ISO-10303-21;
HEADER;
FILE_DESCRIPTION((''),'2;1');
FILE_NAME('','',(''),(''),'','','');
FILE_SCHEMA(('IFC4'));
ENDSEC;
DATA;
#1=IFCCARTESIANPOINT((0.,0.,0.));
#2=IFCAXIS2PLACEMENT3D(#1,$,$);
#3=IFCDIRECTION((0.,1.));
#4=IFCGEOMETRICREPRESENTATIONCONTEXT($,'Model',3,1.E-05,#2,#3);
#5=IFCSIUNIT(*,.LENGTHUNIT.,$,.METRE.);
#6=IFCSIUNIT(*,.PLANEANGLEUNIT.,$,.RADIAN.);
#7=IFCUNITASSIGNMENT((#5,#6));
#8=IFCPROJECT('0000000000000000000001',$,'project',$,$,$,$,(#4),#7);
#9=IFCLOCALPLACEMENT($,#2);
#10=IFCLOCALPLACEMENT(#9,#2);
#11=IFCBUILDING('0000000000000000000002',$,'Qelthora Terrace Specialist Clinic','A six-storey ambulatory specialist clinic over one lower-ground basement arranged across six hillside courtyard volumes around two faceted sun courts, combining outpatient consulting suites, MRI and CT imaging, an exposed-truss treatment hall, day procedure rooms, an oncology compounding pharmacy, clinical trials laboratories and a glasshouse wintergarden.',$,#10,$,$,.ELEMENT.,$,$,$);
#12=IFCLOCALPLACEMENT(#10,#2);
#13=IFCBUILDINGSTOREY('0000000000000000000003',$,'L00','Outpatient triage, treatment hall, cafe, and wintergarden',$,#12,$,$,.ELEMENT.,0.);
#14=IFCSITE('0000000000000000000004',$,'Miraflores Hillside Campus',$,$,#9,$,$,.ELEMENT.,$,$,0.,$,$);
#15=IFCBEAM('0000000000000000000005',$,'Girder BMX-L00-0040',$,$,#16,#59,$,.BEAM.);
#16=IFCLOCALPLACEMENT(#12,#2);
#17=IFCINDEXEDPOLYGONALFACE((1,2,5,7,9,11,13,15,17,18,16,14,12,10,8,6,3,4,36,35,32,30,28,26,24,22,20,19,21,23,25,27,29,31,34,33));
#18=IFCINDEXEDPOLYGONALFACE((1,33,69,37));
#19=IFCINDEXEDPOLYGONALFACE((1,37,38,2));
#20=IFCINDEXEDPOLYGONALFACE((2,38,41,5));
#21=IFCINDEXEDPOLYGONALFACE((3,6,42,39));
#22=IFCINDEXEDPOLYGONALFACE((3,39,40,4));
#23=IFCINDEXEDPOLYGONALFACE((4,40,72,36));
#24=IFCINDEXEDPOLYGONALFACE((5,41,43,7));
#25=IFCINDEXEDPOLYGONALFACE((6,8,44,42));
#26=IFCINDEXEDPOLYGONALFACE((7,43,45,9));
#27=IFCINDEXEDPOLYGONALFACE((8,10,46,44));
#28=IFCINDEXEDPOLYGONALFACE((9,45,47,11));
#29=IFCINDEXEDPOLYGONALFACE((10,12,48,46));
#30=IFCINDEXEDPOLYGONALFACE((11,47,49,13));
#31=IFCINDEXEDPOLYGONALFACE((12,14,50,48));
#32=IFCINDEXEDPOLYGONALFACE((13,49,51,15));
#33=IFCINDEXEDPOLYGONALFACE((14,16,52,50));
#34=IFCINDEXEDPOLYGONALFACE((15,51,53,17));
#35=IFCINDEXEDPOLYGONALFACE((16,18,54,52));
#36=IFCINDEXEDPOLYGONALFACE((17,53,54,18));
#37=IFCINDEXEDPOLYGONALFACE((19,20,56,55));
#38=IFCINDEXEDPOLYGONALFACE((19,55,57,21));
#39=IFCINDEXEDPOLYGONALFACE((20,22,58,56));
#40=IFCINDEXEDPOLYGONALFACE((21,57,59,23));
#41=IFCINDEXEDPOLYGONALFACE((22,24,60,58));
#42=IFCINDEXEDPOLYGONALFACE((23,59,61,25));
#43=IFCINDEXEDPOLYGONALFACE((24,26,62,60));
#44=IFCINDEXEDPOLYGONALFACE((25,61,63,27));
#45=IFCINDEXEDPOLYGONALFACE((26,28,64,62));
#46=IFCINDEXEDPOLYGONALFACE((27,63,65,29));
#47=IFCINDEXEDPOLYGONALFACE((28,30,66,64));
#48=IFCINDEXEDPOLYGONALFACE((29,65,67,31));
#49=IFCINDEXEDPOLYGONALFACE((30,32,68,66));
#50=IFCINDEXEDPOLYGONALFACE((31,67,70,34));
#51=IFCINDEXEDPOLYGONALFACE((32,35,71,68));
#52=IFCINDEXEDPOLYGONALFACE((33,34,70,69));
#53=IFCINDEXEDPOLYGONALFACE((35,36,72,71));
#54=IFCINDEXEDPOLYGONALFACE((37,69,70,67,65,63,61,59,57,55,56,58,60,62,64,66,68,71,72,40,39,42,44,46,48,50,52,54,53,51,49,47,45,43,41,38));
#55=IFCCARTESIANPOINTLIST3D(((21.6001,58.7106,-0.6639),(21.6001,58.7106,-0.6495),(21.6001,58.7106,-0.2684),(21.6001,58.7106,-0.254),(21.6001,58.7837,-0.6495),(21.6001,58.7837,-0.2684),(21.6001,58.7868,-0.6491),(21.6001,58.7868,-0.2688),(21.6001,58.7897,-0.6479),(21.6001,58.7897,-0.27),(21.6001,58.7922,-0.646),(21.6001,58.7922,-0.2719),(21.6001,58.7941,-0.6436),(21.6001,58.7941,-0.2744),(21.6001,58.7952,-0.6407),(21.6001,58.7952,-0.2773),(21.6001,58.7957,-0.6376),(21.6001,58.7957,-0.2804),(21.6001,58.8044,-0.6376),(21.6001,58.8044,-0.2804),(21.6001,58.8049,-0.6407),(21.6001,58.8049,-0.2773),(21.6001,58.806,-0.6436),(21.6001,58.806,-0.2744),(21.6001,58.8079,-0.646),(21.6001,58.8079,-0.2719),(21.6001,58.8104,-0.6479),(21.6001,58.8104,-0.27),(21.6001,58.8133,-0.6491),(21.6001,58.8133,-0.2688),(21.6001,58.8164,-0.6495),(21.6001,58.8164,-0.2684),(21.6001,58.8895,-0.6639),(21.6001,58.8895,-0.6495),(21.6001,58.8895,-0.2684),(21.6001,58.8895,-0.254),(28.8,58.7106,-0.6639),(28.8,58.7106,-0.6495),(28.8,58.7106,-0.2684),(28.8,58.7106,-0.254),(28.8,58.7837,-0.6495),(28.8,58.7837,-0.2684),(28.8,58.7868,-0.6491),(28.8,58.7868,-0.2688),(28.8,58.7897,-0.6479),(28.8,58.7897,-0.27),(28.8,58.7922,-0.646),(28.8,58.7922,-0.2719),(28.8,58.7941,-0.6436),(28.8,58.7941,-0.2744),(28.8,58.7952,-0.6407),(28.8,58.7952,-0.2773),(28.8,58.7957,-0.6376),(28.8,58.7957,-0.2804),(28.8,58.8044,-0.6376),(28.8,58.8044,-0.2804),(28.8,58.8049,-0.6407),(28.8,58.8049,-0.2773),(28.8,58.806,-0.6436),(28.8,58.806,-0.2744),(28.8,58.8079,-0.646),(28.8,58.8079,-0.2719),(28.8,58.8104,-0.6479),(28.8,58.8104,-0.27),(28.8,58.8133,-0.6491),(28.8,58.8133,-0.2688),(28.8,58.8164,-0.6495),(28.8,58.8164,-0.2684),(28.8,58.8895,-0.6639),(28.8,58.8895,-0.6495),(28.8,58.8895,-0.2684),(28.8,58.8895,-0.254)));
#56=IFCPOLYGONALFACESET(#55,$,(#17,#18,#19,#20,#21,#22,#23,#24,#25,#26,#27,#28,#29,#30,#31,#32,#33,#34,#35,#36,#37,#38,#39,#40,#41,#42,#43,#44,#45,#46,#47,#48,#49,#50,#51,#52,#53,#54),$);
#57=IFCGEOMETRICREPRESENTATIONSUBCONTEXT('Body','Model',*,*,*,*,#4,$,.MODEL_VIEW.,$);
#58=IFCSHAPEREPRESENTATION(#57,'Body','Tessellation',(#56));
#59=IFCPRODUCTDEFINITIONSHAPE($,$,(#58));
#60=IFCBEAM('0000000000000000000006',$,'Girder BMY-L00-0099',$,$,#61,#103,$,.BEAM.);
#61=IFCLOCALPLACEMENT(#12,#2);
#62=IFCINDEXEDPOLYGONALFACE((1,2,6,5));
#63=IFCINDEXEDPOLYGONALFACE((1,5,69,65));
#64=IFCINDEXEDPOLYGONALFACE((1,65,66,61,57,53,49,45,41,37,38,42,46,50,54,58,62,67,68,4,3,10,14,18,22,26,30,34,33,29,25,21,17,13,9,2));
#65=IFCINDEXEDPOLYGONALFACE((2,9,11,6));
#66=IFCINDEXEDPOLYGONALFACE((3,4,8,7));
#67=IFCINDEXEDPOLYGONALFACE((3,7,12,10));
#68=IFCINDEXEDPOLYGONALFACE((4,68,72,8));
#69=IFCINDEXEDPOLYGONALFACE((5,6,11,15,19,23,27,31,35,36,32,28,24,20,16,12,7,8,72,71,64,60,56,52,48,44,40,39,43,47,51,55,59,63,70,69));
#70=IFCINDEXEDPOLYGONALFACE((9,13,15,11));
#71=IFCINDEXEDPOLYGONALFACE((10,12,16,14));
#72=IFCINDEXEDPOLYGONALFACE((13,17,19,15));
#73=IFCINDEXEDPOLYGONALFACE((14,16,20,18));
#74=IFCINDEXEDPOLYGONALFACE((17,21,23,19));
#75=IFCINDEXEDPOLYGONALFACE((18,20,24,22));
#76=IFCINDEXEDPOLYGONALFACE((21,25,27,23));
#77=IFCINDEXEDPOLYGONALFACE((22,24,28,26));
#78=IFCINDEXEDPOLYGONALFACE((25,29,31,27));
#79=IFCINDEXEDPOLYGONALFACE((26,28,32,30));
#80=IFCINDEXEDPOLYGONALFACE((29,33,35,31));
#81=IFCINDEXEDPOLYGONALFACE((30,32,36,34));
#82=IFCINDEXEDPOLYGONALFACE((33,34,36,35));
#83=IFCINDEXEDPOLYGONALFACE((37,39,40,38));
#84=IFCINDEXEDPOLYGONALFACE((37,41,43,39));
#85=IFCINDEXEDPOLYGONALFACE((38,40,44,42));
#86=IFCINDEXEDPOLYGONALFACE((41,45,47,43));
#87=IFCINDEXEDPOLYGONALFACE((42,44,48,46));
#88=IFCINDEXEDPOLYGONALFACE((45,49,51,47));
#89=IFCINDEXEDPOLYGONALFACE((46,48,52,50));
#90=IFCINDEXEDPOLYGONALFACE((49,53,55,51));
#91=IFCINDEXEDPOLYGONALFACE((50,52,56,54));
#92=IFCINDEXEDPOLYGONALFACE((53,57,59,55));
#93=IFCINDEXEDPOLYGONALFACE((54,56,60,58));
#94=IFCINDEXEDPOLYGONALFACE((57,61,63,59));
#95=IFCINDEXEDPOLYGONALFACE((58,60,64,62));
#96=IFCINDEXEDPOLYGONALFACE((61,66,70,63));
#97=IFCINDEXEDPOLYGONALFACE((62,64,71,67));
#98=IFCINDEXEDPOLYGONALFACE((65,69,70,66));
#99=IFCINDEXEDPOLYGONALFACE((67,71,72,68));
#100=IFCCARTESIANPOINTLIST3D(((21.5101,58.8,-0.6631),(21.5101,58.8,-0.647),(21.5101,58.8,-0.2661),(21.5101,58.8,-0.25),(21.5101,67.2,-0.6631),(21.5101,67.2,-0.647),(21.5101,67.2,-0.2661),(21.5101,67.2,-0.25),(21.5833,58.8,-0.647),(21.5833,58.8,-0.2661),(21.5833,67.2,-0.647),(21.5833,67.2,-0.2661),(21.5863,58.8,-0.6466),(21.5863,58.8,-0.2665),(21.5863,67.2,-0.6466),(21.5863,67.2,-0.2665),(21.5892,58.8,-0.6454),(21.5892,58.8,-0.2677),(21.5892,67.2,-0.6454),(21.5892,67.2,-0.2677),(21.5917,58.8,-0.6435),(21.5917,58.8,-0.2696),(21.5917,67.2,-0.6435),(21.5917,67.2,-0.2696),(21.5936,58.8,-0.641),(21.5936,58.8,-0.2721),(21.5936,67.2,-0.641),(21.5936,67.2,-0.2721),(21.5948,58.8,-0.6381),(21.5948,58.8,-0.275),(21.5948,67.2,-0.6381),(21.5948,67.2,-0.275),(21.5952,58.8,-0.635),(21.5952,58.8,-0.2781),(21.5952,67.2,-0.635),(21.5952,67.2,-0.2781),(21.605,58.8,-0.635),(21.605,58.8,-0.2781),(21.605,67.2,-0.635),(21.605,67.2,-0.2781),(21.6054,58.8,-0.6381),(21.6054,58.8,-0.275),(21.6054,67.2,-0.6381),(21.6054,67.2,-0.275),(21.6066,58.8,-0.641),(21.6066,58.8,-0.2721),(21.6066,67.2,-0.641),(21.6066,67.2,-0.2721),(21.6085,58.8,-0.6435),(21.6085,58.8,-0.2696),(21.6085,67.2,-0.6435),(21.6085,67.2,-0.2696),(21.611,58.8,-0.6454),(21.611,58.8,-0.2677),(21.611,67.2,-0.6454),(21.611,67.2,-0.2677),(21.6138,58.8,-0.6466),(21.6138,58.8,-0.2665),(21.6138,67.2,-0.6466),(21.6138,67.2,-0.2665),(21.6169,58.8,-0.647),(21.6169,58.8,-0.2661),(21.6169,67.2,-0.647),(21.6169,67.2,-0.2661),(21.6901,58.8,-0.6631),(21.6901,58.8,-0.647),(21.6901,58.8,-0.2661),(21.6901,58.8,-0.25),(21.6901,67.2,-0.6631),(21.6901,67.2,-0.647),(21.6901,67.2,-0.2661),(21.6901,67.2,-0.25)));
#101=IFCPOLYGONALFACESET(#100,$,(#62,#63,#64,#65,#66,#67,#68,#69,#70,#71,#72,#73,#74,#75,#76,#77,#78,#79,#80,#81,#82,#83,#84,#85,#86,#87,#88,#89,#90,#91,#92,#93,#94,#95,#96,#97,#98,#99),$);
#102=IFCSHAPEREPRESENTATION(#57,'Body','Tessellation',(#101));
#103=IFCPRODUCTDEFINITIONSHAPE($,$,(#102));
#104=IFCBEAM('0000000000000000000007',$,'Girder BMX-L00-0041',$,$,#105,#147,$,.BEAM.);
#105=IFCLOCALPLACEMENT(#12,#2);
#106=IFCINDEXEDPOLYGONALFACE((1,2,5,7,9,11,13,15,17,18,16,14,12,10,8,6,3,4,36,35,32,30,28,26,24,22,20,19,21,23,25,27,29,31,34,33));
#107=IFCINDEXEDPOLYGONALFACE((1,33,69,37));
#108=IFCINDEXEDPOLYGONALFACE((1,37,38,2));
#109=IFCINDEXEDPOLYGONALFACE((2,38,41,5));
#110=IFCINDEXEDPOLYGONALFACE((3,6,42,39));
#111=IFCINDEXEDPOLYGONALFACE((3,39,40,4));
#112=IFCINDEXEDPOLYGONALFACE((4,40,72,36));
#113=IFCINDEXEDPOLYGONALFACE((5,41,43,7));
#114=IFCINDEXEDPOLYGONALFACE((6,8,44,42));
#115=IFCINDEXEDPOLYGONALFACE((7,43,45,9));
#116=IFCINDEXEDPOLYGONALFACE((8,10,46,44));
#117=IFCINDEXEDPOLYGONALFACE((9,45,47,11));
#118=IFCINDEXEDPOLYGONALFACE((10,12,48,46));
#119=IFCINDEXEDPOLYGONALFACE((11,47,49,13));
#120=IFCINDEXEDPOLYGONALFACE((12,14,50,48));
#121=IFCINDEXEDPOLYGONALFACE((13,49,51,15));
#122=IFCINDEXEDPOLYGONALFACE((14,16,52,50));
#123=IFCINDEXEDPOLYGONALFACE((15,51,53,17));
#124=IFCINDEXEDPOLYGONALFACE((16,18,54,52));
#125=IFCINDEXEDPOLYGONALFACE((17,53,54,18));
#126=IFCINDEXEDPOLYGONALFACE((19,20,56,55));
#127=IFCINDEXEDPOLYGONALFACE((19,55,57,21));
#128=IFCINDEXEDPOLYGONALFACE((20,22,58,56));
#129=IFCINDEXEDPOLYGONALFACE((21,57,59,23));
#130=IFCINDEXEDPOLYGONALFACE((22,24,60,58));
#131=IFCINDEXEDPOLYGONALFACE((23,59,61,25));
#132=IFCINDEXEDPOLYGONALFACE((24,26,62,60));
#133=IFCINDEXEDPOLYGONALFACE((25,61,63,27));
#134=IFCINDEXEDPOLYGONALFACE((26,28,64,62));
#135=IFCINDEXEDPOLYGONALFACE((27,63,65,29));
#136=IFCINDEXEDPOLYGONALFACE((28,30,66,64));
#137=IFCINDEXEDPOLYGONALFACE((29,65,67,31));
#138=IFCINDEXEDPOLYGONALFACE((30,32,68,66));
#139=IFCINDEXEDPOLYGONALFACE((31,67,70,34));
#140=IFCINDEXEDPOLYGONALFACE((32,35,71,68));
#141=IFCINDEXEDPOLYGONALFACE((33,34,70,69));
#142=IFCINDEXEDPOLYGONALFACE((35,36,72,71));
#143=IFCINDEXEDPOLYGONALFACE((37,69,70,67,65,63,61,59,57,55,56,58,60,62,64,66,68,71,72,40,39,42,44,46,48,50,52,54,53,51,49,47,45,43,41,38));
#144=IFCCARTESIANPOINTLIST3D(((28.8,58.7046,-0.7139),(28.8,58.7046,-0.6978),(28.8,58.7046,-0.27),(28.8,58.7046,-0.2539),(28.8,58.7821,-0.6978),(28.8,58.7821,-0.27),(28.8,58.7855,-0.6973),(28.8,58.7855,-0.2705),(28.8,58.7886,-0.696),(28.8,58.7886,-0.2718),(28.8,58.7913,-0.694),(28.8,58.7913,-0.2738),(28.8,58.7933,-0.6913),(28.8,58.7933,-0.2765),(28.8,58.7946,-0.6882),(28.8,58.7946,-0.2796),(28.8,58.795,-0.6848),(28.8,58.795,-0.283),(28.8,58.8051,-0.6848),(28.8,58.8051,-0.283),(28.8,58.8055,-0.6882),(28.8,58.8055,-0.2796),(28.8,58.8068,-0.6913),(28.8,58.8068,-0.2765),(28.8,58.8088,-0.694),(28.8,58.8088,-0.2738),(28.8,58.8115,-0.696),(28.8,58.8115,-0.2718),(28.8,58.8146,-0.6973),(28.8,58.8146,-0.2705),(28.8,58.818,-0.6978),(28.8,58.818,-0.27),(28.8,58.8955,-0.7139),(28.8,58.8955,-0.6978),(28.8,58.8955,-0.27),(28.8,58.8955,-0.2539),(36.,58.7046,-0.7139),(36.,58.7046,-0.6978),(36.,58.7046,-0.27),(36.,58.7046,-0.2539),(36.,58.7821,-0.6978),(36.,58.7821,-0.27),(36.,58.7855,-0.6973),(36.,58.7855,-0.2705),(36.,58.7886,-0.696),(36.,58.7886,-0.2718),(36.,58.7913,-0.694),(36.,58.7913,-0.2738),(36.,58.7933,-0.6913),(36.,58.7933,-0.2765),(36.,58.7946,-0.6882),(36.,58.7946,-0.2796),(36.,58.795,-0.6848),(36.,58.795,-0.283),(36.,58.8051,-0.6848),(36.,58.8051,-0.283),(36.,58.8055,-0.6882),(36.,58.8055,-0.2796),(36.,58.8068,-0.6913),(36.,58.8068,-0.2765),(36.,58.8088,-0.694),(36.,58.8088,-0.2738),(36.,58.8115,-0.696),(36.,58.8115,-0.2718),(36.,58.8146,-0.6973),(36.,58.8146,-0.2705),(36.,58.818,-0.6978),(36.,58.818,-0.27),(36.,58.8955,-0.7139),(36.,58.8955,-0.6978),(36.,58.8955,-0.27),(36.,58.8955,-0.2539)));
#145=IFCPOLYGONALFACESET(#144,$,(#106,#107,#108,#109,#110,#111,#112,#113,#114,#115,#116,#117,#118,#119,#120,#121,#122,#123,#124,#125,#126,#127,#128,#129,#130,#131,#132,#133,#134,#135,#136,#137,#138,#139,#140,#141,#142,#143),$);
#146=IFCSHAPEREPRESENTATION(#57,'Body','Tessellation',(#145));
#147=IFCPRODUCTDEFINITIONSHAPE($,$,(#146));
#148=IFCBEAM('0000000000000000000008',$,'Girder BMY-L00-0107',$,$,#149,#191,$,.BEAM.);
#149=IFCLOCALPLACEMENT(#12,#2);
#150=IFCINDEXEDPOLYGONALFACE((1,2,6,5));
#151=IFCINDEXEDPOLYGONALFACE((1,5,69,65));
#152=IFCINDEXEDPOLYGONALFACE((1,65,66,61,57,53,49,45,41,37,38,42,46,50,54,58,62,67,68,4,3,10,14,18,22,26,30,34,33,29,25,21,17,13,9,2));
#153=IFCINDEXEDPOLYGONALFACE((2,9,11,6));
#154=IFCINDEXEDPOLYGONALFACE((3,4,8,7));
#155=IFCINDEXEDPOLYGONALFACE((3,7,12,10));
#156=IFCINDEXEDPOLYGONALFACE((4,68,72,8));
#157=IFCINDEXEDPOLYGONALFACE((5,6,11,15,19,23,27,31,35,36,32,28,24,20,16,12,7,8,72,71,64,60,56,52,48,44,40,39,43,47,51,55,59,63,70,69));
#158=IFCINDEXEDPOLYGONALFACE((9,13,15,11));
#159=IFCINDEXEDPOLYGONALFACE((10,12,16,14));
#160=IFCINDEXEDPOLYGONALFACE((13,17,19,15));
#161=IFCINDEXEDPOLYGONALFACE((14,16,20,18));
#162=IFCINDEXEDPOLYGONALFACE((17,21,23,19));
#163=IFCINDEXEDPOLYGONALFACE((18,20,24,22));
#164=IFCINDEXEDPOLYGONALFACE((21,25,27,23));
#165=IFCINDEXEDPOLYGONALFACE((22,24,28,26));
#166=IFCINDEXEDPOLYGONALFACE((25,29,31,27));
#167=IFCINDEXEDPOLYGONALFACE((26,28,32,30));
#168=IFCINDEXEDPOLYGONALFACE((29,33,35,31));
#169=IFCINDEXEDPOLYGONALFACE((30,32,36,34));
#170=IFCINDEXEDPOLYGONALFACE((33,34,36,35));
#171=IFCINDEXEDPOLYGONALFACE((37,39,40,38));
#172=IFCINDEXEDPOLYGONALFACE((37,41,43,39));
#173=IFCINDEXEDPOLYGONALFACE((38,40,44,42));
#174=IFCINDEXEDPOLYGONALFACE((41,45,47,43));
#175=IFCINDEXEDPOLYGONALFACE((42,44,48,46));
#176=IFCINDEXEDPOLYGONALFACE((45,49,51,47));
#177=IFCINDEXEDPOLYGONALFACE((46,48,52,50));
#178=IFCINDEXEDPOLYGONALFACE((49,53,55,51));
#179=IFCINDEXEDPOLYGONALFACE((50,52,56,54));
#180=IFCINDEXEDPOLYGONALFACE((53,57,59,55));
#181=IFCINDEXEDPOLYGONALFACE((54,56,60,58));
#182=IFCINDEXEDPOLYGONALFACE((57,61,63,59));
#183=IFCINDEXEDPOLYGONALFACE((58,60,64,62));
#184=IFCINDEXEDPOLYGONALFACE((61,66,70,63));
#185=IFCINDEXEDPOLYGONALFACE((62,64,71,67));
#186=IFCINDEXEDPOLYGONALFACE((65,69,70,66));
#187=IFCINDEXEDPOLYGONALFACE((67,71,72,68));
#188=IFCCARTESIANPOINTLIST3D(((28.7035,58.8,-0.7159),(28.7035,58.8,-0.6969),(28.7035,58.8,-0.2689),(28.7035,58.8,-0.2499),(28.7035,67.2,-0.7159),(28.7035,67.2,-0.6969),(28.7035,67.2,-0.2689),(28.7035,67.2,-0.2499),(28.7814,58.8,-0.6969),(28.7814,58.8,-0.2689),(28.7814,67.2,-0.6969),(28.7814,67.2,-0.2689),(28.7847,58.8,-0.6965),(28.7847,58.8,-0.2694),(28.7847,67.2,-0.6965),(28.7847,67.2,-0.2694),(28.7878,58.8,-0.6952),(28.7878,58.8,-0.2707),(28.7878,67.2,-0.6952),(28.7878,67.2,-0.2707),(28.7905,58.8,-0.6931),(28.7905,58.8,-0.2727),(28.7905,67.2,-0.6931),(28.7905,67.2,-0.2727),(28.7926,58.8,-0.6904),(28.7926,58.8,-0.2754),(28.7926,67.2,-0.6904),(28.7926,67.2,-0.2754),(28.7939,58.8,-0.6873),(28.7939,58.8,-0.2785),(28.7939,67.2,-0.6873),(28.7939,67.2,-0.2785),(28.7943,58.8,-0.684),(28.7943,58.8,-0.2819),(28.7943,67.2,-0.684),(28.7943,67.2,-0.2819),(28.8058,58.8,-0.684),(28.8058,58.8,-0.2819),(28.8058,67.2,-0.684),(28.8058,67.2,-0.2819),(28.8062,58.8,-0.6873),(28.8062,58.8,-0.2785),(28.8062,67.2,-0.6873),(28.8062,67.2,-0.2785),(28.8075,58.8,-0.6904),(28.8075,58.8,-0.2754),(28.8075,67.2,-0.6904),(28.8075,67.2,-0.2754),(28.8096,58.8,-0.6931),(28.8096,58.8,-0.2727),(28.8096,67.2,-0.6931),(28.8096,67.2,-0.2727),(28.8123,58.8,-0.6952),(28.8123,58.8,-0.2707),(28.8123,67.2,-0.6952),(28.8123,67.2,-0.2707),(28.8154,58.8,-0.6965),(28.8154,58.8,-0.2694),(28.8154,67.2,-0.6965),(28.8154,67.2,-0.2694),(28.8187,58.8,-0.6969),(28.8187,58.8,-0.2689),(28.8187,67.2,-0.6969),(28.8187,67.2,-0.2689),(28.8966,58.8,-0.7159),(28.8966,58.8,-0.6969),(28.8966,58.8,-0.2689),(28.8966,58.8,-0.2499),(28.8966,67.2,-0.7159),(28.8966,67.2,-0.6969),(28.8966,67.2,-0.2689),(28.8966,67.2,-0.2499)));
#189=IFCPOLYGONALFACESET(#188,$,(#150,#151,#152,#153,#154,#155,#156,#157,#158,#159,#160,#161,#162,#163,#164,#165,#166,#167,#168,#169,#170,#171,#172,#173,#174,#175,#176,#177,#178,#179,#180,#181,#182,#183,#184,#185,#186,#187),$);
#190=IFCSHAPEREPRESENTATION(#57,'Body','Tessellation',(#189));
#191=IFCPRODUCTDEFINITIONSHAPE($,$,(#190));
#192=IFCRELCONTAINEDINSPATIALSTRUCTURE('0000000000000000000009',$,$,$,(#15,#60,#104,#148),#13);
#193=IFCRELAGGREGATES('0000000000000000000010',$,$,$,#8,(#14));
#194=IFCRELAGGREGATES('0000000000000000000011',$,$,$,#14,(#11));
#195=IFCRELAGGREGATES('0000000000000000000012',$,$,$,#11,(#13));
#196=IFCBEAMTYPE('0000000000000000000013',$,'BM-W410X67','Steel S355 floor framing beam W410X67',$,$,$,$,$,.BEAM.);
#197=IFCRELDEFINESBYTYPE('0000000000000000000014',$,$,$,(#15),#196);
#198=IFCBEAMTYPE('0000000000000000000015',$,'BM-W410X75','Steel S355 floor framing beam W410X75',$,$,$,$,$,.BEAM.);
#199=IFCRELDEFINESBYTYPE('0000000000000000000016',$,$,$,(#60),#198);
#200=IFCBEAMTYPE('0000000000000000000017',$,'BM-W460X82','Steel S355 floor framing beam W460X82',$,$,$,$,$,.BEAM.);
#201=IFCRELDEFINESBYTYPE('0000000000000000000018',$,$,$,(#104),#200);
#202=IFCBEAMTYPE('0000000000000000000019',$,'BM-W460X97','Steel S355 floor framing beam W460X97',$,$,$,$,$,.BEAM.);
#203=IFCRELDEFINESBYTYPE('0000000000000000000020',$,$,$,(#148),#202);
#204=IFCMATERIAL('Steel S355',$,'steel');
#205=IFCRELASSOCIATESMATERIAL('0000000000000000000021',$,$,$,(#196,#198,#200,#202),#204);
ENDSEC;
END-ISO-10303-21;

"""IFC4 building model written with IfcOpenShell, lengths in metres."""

from ifc_helpers import new_model, si_unit, direction, frame, origin, origin_2d, place, context, subcontext, project, spatial, i_section, extrude, material, material_profile, profile_set, type_object, element, save


model = new_model("IFC4")

# Units and contexts
model_context = context("Model", 3, precision=1e-05, world=origin(), true_north=direction((0.0, 1.0)))
body_context = subcontext(model_context, "Body", "Model", "MODEL_VIEW")
ifc_project = project(units=[si_unit("LENGTHUNIT", "METRE"), si_unit("PLANEANGLEUNIT", "RADIAN")], contexts=[model_context])

# Site, building, storey
site_placement = place(None, origin())
site = spatial("IfcSite", under=ifc_project, at=site_placement, Name="Miraflores Hillside Campus", CompositionType="ELEMENT", RefElevation=0.0)
building_placement = place(site_placement, origin())
building = spatial("IfcBuilding", under=site, at=building_placement, Name="Qelthora Terrace Specialist Clinic", Description="A six-storey ambulatory specialist clinic over one lower-ground basement arranged across six hillside courtyard volumes around two faceted sun courts, combining outpatient consulting suites, MRI and CT imaging, an exposed-truss treatment hall, day procedure rooms, an oncology compounding pharmacy, clinical trials laboratories and a glasshouse wintergarden.", CompositionType="ELEMENT")
storey_placement = place(building_placement, origin())
storey = spatial("IfcBuildingStorey", under=building, at=storey_placement, Name="L00", Description="Outpatient triage, treatment hall, cafe, and wintergarden", CompositionType="ELEMENT", Elevation=0.0)

# Shared definitions
ifc_material_1 = material(Name="Steel S355", Category="steel")

# Beams
ifc_material_profile_1 = material_profile(ifc_material_1, i_section(OverallWidth=0.179, OverallDepth=0.4099, WebThickness=0.0088, FlangeThickness=0.0144, FilletRadius=0.012, at=origin_2d()), Name="W410X67")
ifc_profile_set_1 = profile_set([ifc_material_profile_1], Name="Steel S355")
beam_type_1 = type_object("IfcBeamType", Name="BM-W410X67", Description="Steel S355 floor framing beam W410X67", PredefinedType="BEAM", material=ifc_profile_set_1)
beam_1_placement = place(storey_placement, frame((21.6001, 58.8, -0.459), z_axis=(1.0, 0.0, 0.0), x_axis=(0.0, 1.0, 0.0)))
element("IfcBeam", 1, at=beam_1_placement, inside=storey, type_object=beam_type_1, Name="Girder BMX-L00-0040", PredefinedType="BEAM", context=body_context, shape_type="SweptSolid", body=[
    extrude(i_section(OverallWidth=0.179, OverallDepth=0.4099, WebThickness=0.0088, FlangeThickness=0.0144, FilletRadius=0.012, at=origin_2d()), origin(), (0.0, 0.0, 1.0), 7.2),
])
ifc_material_profile_2 = material_profile(ifc_material_1, i_section(OverallWidth=0.1799, OverallDepth=0.4131, WebThickness=0.0098, FlangeThickness=0.0161, FilletRadius=0.012, at=origin_2d()), Name="W410X75")
ifc_profile_set_2 = profile_set([ifc_material_profile_2], Name="Steel S355")
beam_type_2 = type_object("IfcBeamType", Name="BM-W410X75", Description="Steel S355 floor framing beam W410X75", PredefinedType="BEAM", material=ifc_profile_set_2)
beam_2_placement = place(storey_placement, frame((21.6001, 58.8, -0.4565), z_axis=(0.0, 1.0, 0.0), x_axis=(-1.0, 0.0, 0.0)))
element("IfcBeam", 2, at=beam_2_placement, inside=storey, type_object=beam_type_2, Name="Girder BMY-L00-0099", PredefinedType="BEAM", context=body_context, shape_type="SweptSolid", body=[
    extrude(i_section(OverallWidth=0.1799, OverallDepth=0.4131, WebThickness=0.0098, FlangeThickness=0.0161, FilletRadius=0.012, at=origin_2d()), origin(), (0.0, 0.0, 1.0), 8.3999),
])
ifc_material_profile_3 = material_profile(ifc_material_1, i_section(OverallWidth=0.1909, OverallDepth=0.46, WebThickness=0.01, FlangeThickness=0.0161, FilletRadius=0.0129, at=origin_2d()), Name="W460X82")
ifc_profile_set_3 = profile_set([ifc_material_profile_3], Name="Steel S355")
beam_type_3 = type_object("IfcBeamType", Name="BM-W460X82", Description="Steel S355 floor framing beam W460X82", PredefinedType="BEAM", material=ifc_profile_set_3)
beam_3_placement = place(storey_placement, frame((28.8, 58.8, -0.4839), z_axis=(1.0, 0.0, 0.0), x_axis=(0.0, 1.0, 0.0)))
element("IfcBeam", 3, at=beam_3_placement, inside=storey, type_object=beam_type_3, Name="Girder BMX-L00-0041", PredefinedType="BEAM", context=body_context, shape_type="SweptSolid", body=[
    extrude(i_section(OverallWidth=0.1909, OverallDepth=0.46, WebThickness=0.01, FlangeThickness=0.0161, FilletRadius=0.0129, at=origin_2d()), origin(), (0.0, 0.0, 1.0), 7.2),
])
ifc_material_profile_4 = material_profile(ifc_material_1, i_section(OverallWidth=0.1931, OverallDepth=0.4661, WebThickness=0.0115, FlangeThickness=0.019, FilletRadius=0.0129, at=origin_2d()), Name="W460X97")
ifc_profile_set_4 = profile_set([ifc_material_profile_4], Name="Steel S355")
beam_type_4 = type_object("IfcBeamType", Name="BM-W460X97", Description="Steel S355 floor framing beam W460X97", PredefinedType="BEAM", material=ifc_profile_set_4)
beam_4_placement = place(storey_placement, frame((28.8, 58.8, -0.4829), z_axis=(0.0, 1.0, 0.0), x_axis=(-1.0, 0.0, 0.0)))
element("IfcBeam", 4, at=beam_4_placement, inside=storey, type_object=beam_type_4, Name="Girder BMY-L00-0107", PredefinedType="BEAM", context=body_context, shape_type="SweptSolid", body=[
    extrude(i_section(OverallWidth=0.1931, OverallDepth=0.4661, WebThickness=0.0115, FlangeThickness=0.019, FilletRadius=0.0129, at=origin_2d()), origin(), (0.0, 0.0, 1.0), 8.3999),
])

save(model, "model.ifc")
